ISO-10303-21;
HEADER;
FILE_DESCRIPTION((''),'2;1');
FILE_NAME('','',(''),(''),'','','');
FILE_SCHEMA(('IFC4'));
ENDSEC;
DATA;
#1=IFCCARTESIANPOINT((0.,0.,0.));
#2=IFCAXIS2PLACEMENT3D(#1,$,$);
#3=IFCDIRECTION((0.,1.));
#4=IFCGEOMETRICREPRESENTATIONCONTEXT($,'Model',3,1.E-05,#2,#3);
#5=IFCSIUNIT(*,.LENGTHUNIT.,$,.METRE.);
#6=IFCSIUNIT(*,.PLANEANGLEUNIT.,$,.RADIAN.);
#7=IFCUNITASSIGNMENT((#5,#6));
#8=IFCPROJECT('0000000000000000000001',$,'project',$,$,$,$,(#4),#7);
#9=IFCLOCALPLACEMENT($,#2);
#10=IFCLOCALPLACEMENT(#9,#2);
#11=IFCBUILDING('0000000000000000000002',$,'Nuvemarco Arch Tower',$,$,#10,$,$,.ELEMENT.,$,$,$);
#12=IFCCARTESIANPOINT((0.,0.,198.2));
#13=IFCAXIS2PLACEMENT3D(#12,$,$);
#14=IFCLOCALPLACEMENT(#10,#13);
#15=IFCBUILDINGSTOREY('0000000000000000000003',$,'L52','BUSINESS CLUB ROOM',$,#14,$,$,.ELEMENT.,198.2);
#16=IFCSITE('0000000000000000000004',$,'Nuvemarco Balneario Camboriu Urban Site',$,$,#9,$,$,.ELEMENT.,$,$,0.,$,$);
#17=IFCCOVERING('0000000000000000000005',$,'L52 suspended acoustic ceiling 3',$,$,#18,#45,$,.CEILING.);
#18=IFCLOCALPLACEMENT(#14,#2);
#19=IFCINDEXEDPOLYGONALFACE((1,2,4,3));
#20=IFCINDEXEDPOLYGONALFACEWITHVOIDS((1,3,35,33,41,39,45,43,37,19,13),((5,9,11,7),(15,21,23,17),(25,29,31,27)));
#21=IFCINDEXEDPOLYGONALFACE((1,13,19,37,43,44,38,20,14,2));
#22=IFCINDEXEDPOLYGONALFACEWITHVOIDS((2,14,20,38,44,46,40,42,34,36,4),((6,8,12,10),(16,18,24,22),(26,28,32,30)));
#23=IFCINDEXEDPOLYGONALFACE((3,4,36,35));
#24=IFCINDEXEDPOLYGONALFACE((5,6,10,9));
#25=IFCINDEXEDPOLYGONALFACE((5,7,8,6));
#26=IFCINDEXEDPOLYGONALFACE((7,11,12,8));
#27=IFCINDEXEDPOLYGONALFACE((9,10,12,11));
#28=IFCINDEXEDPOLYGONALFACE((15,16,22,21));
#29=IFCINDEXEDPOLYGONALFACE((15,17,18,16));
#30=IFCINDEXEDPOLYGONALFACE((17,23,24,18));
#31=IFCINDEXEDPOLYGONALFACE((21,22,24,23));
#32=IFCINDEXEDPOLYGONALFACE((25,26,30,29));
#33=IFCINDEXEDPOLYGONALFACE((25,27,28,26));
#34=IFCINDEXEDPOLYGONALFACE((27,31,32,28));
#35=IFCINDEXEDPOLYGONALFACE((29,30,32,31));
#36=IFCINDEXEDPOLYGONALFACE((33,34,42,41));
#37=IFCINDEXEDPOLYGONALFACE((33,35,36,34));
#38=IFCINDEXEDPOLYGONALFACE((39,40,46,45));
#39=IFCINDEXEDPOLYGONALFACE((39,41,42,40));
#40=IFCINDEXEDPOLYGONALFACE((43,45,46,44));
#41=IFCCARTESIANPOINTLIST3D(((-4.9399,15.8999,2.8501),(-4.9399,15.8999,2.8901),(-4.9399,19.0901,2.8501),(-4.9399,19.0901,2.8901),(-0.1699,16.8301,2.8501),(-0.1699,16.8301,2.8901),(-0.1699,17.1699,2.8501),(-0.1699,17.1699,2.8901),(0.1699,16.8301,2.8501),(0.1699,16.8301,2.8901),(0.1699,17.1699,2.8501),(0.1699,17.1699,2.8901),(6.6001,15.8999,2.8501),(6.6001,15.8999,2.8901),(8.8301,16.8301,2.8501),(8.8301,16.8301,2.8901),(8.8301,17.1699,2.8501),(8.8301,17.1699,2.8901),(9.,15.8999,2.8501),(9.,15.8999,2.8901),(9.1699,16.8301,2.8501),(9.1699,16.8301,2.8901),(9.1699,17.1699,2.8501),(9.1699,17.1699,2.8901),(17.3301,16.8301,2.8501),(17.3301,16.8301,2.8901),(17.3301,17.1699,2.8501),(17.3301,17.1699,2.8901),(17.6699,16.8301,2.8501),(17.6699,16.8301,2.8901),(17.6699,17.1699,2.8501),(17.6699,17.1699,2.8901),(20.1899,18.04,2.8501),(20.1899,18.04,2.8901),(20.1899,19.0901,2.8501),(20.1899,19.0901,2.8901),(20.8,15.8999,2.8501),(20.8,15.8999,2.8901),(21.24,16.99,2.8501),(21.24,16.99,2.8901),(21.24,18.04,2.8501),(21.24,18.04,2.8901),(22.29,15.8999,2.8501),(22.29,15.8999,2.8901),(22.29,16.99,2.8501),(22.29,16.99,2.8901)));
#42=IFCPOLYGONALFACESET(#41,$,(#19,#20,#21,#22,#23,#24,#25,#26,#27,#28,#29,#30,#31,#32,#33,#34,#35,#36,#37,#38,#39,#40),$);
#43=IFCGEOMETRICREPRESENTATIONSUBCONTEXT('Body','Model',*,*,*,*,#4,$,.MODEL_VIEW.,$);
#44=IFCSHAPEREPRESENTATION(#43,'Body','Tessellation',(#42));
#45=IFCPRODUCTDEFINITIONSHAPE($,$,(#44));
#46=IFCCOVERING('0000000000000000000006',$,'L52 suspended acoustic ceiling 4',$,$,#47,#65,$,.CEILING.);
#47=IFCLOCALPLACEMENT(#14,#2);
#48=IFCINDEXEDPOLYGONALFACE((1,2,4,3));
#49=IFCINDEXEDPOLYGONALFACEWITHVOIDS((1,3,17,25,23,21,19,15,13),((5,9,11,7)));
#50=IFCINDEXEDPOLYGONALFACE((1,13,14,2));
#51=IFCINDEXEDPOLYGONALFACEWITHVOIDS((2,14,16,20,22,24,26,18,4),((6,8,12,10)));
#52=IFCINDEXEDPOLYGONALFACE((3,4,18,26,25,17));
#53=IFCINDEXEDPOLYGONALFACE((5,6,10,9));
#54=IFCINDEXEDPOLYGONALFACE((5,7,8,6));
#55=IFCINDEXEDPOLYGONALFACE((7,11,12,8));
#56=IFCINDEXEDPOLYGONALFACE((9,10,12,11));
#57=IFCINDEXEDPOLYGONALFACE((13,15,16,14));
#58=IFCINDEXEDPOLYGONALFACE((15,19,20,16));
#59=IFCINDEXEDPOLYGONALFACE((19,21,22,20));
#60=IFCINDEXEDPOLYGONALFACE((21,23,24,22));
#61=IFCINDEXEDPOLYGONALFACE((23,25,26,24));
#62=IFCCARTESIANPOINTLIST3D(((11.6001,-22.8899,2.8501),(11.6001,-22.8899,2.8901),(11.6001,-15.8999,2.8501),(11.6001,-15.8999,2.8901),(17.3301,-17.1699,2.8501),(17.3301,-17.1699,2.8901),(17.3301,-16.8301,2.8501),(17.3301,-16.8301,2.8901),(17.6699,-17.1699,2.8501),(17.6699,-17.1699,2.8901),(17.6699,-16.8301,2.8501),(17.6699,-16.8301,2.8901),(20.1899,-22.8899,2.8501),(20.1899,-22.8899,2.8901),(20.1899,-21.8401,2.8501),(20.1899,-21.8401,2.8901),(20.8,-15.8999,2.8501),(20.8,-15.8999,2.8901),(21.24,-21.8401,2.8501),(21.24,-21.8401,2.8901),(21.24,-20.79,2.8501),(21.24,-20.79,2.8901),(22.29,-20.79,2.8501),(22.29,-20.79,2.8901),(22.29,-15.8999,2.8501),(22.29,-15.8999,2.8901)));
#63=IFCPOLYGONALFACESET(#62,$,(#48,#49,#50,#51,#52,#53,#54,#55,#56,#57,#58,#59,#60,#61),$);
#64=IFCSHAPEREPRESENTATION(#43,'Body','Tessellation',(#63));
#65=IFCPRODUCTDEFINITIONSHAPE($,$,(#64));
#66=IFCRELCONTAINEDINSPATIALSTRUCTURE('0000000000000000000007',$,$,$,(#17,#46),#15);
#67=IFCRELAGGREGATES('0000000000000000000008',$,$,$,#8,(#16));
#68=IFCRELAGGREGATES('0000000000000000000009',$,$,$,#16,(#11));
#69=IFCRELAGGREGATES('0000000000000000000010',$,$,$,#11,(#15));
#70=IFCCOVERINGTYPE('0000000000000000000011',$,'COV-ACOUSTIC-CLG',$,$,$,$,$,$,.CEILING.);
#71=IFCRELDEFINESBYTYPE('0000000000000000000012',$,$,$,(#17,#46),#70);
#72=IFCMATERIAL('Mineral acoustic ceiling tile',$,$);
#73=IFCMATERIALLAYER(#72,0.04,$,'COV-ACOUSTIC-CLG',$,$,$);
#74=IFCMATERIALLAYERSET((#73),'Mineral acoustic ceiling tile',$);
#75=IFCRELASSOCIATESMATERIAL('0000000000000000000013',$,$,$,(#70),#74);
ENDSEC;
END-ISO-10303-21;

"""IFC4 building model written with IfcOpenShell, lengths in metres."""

from ifc_helpers import new_model, si_unit, direction, frame, origin, place, context, subcontext, project, spatial, polyline, outline, extrude, material, layer, layer_set, type_object, element, save


model = new_model("IFC4")

# Units and contexts
model_context = context("Model", 3, precision=1e-05, world=origin(), true_north=direction((0.0, 1.0)))
body_context = subcontext(model_context, "Body", "Model", "MODEL_VIEW")
ifc_project = project(units=[si_unit("LENGTHUNIT", "METRE"), si_unit("PLANEANGLEUNIT", "RADIAN")], contexts=[model_context])

# Site, building, storey
site_placement = place(None, origin())
site = spatial("IfcSite", under=ifc_project, at=site_placement, Name="Nuvemarco Balneario Camboriu Urban Site", CompositionType="ELEMENT", RefElevation=0.0)
building_placement = place(site_placement, origin())
building = spatial("IfcBuilding", under=site, at=building_placement, Name="Nuvemarco Arch Tower", CompositionType="ELEMENT")
storey_placement = place(building_placement, frame((0.0, 0.0, 198.2)))
storey = spatial("IfcBuildingStorey", under=building, at=storey_placement, Name="L52", Description="BUSINESS CLUB ROOM", CompositionType="ELEMENT", Elevation=198.2)

# Coverings
ifc_material_1 = material(Name="Mineral acoustic ceiling tile")
ifc_layer_1 = layer(ifc_material_1, 0.04, Name="COV-ACOUSTIC-CLG")
ifc_layer_set_1 = layer_set([ifc_layer_1], Name="Mineral acoustic ceiling tile")
covering_type = type_object("IfcCoveringType", Name="COV-ACOUSTIC-CLG", PredefinedType="CEILING", material=ifc_layer_set_1)
covering_1_placement = place(storey_placement, frame((0.0, 0.0, 2.8501)))
element("IfcCovering", 1, at=covering_1_placement, inside=storey, type_object=covering_type, Name="L52 suspended acoustic ceiling 3", PredefinedType="CEILING", context=body_context, shape_type="SweptSolid", body=[
    extrude(outline(polyline([(22.29, 16.99), (22.29, 15.8999), (20.8, 15.8999), (9.0, 15.8999), (6.6001, 15.8999), (-4.9399, 15.8999), (-4.9399, 19.0901), (20.1899, 19.0901), (20.1899, 18.04), (21.24, 18.04), (21.24, 16.99), (22.29, 16.99)]), holes=[polyline([(0.1699, 16.8301), (0.1699, 17.1699), (-0.1699, 17.1699), (-0.1699, 16.8301), (0.1699, 16.8301)]), polyline([(9.1699, 17.1699), (8.8301, 17.1699), (8.8301, 16.8301), (9.1699, 16.8301), (9.1699, 17.1699)]), polyline([(17.6699, 16.8301), (17.6699, 17.1699), (17.3301, 17.1699), (17.3301, 16.8301), (17.6699, 16.8301)])]), origin(), (0.0, 0.0, 1.0), 0.04),
])
covering_2_placement = place(storey_placement, frame((0.0, 0.0, 2.8501)))
element("IfcCovering", 2, at=covering_2_placement, inside=storey, type_object=covering_type, Name="L52 suspended acoustic ceiling 4", PredefinedType="CEILING", context=body_context, shape_type="SweptSolid", body=[
    extrude(outline(polyline([(20.1899, -22.8899), (11.6001, -22.8899), (11.6001, -15.8999), (20.8, -15.8999), (22.29, -15.8999), (22.29, -20.79), (21.24, -20.79), (21.24, -21.8401), (20.1899, -21.8401), (20.1899, -22.8899)]), holes=[polyline([(17.6699, -17.1699), (17.6699, -16.8301), (17.3301, -16.8301), (17.3301, -17.1699), (17.6699, -17.1699)])]), origin(), (0.0, 0.0, 1.0), 0.04),
])

save(model, "model.ifc")
